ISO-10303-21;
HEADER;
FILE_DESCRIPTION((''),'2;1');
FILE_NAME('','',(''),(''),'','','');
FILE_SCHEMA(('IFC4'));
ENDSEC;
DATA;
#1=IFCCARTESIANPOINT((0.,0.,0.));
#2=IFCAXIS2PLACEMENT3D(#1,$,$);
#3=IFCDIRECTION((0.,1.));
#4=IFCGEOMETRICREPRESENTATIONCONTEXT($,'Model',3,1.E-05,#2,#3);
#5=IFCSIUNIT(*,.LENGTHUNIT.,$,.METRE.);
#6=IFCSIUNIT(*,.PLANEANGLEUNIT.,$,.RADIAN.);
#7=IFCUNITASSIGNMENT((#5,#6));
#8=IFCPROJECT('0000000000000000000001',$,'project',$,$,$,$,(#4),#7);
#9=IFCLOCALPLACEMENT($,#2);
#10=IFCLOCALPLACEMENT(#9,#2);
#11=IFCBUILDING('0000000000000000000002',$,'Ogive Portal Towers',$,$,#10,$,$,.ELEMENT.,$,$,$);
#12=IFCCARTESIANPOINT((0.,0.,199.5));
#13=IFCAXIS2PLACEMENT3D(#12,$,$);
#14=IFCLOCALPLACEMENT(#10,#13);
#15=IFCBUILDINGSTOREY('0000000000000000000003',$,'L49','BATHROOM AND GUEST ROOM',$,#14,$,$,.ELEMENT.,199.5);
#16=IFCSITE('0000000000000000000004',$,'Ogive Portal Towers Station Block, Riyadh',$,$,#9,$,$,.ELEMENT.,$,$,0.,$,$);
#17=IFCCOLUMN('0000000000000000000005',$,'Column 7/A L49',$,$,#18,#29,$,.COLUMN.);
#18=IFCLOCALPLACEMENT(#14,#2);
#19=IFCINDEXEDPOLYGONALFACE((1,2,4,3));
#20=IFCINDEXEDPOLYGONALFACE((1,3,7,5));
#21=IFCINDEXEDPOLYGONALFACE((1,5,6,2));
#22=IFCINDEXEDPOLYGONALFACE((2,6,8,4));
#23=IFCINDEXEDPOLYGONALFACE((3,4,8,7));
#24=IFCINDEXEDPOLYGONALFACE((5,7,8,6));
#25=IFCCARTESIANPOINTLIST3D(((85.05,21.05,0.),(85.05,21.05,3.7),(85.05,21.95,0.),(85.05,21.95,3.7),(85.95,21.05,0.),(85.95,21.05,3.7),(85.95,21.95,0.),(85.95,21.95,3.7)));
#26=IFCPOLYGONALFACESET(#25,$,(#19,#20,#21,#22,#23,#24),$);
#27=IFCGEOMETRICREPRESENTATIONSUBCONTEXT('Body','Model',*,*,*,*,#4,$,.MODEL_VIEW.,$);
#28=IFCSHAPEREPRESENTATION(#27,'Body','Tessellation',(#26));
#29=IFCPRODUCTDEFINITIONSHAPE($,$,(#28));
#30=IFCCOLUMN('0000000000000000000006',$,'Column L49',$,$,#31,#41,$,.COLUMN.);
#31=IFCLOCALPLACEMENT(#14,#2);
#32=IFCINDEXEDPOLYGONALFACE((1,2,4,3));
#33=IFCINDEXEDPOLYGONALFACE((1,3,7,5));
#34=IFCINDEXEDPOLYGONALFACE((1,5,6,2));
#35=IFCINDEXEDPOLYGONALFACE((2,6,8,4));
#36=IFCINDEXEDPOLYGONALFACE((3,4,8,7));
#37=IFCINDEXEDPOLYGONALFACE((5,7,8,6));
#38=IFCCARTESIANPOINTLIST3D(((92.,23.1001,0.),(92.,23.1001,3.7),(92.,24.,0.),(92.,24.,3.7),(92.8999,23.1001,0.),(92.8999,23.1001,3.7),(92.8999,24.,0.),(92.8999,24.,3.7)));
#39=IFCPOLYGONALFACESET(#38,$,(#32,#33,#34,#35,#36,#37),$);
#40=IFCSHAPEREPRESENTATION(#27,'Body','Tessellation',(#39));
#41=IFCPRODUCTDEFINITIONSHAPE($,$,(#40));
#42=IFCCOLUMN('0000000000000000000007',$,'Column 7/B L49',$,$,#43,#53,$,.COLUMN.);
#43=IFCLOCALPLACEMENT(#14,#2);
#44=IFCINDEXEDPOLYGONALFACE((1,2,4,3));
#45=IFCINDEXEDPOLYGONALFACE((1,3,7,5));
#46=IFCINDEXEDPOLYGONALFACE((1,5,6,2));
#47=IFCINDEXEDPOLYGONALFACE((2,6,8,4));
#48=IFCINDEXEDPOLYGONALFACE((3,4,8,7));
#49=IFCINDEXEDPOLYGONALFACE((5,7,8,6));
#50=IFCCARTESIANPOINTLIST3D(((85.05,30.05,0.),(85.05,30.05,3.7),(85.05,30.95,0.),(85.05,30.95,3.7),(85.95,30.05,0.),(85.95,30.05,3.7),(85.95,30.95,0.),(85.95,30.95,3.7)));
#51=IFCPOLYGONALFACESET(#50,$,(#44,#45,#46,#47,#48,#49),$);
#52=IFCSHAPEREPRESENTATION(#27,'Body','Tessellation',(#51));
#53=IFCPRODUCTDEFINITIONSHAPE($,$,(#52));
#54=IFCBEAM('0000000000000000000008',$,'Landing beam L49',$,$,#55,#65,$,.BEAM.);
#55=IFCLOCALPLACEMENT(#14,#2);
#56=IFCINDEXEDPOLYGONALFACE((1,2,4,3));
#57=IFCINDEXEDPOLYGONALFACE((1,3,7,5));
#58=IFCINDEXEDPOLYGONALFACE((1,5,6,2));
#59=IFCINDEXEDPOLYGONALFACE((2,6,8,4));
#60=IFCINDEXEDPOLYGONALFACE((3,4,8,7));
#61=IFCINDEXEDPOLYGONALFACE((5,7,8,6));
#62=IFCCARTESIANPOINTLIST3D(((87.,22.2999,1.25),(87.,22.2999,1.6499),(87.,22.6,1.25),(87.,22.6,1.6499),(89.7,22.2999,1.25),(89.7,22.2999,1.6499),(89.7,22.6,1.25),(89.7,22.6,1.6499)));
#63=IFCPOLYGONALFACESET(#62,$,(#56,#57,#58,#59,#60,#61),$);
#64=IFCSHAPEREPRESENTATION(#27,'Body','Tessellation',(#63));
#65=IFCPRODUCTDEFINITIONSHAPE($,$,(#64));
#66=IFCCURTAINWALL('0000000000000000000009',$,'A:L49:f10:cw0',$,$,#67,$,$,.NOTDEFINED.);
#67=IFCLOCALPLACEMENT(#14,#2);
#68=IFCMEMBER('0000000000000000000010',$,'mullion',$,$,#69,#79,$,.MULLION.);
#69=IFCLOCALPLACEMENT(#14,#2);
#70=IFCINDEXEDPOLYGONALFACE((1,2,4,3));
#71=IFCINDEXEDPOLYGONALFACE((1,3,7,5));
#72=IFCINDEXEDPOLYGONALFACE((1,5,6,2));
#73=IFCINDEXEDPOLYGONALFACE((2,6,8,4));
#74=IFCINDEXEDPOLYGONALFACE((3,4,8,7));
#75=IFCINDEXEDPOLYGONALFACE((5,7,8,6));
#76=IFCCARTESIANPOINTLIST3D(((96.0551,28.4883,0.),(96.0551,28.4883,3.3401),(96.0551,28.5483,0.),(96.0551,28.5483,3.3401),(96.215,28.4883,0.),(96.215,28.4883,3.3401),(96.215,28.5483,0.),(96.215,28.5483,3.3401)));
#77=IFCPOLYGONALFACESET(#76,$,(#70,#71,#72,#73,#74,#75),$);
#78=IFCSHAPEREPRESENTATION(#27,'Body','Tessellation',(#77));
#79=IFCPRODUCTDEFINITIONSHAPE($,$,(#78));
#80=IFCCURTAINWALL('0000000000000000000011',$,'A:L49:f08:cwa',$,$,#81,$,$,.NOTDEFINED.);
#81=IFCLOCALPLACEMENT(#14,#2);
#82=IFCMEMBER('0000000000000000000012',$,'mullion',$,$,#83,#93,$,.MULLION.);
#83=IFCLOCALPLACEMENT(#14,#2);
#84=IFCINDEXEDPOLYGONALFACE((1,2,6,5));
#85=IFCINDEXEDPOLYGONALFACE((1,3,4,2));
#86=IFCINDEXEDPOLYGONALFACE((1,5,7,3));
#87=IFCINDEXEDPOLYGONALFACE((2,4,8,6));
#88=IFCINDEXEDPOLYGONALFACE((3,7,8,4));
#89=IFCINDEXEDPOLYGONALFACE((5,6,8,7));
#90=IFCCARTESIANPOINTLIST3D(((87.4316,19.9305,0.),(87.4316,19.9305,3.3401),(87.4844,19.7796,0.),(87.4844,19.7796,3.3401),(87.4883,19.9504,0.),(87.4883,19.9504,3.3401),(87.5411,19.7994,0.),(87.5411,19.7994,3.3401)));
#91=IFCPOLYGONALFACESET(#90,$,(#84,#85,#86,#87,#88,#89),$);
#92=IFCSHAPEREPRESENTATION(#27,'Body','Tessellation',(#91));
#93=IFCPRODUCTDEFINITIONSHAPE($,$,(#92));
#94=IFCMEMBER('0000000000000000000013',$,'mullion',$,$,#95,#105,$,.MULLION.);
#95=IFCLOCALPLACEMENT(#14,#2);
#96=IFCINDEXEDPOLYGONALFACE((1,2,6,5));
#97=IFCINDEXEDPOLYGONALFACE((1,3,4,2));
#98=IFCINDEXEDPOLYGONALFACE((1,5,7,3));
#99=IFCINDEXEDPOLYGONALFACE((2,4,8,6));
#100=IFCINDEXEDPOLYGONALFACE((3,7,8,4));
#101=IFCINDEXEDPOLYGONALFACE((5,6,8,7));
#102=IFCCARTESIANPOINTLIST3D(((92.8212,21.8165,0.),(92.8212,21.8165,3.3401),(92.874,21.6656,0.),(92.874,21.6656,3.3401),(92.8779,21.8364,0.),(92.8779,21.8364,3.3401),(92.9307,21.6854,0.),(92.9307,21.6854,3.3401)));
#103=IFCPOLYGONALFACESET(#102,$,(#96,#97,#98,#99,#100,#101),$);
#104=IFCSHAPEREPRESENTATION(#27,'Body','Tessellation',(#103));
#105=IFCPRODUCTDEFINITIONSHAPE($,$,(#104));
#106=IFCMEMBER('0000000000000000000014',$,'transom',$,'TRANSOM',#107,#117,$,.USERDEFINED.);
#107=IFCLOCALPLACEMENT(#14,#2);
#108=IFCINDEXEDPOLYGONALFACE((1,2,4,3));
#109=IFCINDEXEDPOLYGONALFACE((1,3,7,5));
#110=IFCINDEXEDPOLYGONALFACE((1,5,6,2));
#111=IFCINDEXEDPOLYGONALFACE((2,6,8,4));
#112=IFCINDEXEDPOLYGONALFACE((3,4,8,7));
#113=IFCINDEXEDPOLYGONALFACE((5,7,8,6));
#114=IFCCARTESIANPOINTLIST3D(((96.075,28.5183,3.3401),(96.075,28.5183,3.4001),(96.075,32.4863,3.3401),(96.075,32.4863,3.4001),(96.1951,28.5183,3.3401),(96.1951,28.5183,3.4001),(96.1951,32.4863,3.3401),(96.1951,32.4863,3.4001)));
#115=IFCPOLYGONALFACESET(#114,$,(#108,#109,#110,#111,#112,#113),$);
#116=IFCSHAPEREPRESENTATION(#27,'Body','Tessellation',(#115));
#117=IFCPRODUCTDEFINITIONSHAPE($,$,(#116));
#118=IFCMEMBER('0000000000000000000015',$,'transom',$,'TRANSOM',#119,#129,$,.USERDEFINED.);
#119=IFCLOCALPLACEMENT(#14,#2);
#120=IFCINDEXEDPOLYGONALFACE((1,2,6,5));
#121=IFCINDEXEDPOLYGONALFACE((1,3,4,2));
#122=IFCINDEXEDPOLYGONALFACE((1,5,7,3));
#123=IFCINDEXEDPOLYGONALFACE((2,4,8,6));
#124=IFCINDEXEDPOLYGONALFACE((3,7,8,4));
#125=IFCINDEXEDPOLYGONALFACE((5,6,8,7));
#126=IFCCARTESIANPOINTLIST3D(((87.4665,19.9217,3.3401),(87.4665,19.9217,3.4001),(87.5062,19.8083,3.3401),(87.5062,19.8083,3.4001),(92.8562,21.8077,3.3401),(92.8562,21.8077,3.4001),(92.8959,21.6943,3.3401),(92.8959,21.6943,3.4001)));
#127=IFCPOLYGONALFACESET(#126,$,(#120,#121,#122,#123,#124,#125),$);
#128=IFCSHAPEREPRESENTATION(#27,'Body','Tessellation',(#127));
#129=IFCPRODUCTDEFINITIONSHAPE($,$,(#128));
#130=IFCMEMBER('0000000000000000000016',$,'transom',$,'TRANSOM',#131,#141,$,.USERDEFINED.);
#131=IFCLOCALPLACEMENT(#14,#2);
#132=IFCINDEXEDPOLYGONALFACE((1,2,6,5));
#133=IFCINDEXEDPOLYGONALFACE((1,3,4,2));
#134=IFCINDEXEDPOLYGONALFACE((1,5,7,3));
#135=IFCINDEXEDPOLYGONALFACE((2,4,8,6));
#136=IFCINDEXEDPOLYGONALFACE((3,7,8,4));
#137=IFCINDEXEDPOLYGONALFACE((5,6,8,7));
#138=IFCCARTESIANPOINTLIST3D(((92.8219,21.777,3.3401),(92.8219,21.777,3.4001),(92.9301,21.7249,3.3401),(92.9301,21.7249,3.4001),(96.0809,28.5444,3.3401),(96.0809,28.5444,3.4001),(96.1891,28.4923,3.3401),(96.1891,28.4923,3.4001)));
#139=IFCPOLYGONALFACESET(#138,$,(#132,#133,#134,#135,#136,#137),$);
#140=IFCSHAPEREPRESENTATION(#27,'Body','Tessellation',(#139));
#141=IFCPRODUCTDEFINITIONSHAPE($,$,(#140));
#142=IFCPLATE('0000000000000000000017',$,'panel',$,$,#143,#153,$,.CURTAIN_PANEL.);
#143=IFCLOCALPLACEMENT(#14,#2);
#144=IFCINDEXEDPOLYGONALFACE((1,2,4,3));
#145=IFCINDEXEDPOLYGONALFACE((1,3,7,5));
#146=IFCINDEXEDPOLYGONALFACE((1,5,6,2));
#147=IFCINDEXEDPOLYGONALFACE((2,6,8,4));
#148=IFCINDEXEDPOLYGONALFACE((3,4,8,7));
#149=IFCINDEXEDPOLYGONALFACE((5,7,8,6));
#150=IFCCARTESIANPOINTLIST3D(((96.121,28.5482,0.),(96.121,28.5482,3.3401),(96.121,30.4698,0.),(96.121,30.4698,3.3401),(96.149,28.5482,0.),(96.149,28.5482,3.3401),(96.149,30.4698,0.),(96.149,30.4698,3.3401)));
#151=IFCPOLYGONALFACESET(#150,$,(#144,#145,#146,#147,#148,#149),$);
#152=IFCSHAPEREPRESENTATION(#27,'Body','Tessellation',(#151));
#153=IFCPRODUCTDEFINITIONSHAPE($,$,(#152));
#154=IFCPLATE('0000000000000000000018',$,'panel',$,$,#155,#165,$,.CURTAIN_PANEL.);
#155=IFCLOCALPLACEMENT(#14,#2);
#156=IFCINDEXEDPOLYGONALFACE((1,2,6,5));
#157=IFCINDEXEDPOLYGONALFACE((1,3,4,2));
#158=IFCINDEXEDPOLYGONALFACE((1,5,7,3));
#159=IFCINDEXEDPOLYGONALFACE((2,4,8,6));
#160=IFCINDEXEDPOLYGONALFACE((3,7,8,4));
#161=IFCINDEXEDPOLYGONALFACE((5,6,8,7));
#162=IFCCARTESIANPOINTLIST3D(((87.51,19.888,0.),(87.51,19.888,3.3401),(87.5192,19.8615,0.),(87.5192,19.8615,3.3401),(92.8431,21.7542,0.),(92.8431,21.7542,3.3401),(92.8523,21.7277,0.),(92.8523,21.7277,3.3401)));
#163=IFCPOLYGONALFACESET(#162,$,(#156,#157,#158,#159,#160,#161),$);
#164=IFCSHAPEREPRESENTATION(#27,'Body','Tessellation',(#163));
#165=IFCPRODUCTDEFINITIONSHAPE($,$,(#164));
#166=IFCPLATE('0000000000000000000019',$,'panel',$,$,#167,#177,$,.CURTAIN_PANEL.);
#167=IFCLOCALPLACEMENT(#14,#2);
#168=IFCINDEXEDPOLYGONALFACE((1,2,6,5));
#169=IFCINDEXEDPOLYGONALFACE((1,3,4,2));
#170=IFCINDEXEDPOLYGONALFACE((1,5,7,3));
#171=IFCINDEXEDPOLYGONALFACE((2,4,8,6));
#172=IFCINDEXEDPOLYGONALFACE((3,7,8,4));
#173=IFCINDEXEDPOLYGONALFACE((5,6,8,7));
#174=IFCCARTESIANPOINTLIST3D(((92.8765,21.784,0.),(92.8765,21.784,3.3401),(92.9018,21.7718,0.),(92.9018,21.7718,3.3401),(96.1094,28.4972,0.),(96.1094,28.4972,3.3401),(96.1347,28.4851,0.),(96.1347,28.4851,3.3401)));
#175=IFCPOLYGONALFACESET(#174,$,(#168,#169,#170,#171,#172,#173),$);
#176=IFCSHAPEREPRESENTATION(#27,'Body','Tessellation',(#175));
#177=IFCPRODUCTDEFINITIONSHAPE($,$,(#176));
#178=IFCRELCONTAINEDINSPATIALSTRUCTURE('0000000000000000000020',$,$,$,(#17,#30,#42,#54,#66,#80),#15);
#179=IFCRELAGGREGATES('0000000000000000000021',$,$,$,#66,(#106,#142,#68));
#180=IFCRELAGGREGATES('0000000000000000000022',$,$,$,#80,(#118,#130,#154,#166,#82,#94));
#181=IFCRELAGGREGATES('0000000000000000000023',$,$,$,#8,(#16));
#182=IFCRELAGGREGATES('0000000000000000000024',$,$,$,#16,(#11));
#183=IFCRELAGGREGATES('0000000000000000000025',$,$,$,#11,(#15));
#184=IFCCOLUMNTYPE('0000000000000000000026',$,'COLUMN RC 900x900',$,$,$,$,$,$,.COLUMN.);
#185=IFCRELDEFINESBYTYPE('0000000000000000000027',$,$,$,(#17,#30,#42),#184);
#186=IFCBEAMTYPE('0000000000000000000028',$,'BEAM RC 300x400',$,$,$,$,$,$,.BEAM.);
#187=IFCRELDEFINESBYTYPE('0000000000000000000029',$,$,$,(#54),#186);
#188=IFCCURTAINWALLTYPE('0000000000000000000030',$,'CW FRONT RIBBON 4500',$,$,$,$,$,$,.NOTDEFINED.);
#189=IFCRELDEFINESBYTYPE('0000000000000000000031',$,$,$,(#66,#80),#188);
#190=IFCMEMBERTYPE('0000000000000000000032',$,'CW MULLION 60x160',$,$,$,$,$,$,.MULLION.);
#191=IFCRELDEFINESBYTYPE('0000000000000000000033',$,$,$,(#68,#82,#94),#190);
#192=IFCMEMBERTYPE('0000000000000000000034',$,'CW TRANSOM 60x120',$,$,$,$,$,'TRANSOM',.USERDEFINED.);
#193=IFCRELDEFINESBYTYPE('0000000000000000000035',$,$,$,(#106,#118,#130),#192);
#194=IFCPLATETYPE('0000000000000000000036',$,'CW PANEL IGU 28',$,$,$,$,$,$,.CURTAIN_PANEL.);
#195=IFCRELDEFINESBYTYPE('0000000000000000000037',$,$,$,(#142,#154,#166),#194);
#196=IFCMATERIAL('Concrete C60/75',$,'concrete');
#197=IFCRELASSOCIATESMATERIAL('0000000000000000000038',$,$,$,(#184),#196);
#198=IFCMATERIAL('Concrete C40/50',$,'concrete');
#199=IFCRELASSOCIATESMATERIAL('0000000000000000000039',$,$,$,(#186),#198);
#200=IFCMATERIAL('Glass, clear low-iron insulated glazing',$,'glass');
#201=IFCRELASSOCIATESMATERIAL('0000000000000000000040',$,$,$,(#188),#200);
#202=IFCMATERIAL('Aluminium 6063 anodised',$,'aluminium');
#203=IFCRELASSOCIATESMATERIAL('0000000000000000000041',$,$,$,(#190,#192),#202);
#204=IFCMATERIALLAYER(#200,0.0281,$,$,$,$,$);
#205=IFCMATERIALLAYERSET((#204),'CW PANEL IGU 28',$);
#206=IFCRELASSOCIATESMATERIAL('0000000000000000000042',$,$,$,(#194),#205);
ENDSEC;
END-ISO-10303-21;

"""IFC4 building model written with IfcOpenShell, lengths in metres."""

from ifc_helpers import new_model, si_unit, direction, frame, origin, origin_2d, place, context, subcontext, project, spatial, rectangle, extrude, material, layer, layer_set, material_profile, profile_set, type_object, element, aggregate, save


model = new_model("IFC4")

# Units and contexts
model_context = context("Model", 3, precision=1e-05, world=origin(), true_north=direction((0.0, 1.0)))
body_context = subcontext(model_context, "Body", "Model", "MODEL_VIEW")
ifc_project = project(units=[si_unit("LENGTHUNIT", "METRE"), si_unit("PLANEANGLEUNIT", "RADIAN")], contexts=[model_context])

# Site, building, storey
site_placement = place(None, origin())
site = spatial("IfcSite", under=ifc_project, at=site_placement, Name="Ogive Portal Towers Station Block, Riyadh", CompositionType="ELEMENT", RefElevation=0.0)
building_placement = place(site_placement, origin())
building = spatial("IfcBuilding", under=site, at=building_placement, Name="Ogive Portal Towers", CompositionType="ELEMENT")
storey_placement = place(building_placement, frame((0.0, 0.0, 199.5)))
storey = spatial("IfcBuildingStorey", under=building, at=storey_placement, Name="L49", Description="BATHROOM AND GUEST ROOM", CompositionType="ELEMENT", Elevation=199.5)

# Columns
ifc_material_1 = material(Name="Concrete C60/75", Category="concrete")
ifc_material_profile_1 = material_profile(ifc_material_1, rectangle(XDim=0.8999, YDim=0.8999, at=origin_2d()), Name="RC 900x900")
ifc_profile_set_1 = profile_set([ifc_material_profile_1], Name="Concrete C60/75")
column_type = type_object("IfcColumnType", Name="COLUMN RC 900x900", PredefinedType="COLUMN", material=ifc_profile_set_1)
for number, where, z_axis, x_axis, name in (
    (1, (85.5, 21.5, 0.0), (0.0, 0.0, 1.0), (1.0, 0.0, 0.0), "Column 7/A L49"),
    (2, (92.45, 23.55, 0.0), (0.0, 0.0, 1.0), (1.0, 0.0, 0.0), "Column L49"),
    (3, (85.5, 30.5, 0.0), (0.0, 0.0, 1.0), (1.0, 0.0, 0.0), "Column 7/B L49"),
):
    element("IfcColumn", number, at=place(storey_placement, frame(where, z_axis=z_axis, x_axis=x_axis)), inside=storey, type_object=column_type, Name=name, PredefinedType="COLUMN", context=body_context, shape_type="SweptSolid", body=[
        extrude(rectangle(XDim=0.8999, YDim=0.8999, at=origin_2d()), origin(), (0.0, 0.0, 1.0), 3.7),
    ])

# Beam
ifc_material_2 = material(Name="Concrete C40/50", Category="concrete")
ifc_material_profile_2 = material_profile(ifc_material_2, rectangle(XDim=0.3, YDim=0.3999, at=origin_2d()), Name="RC 300x400")
ifc_profile_set_2 = profile_set([ifc_material_profile_2], Name="Concrete C40/50")
beam_type = type_object("IfcBeamType", Name="BEAM RC 300x400", PredefinedType="BEAM", material=ifc_profile_set_2)
beam_placement = place(storey_placement, frame((87.0, 22.45, 1.45), z_axis=(1.0, 0.0, 0.0), x_axis=(0.0, 1.0, 0.0)))
element("IfcBeam", 4, at=beam_placement, inside=storey, type_object=beam_type, Name="Landing beam L49", PredefinedType="BEAM", context=body_context, shape_type="SweptSolid", body=[
    extrude(rectangle(XDim=0.3, YDim=0.3999, at=origin_2d()), origin(), (0.0, 0.0, 1.0), 2.7),
])

# Curtain wall, member
ifc_material_3 = material(Name="Glass, clear low-iron insulated glazing", Category="glass")
curtain_wall_type = type_object("IfcCurtainWallType", Name="CW FRONT RIBBON 4500", PredefinedType="NOTDEFINED", material=ifc_material_3)
curtain_wall_1_placement = place(storey_placement, origin())
curtain_wall_1 = element("IfcCurtainWall", 5, at=curtain_wall_1_placement, inside=storey, type_object=curtain_wall_type, Name="A:L49:f10:cw0", PredefinedType="NOTDEFINED")
ifc_material_4 = material(Name="Aluminium 6063 anodised", Category="aluminium")
ifc_material_profile_3 = material_profile(ifc_material_4, rectangle(XDim=0.1599, YDim=0.0601, at=origin_2d()), Name="AL 60x160")
ifc_profile_set_3 = profile_set([ifc_material_profile_3], Name="Aluminium 6063 anodised")
member_type_1 = type_object("IfcMemberType", Name="CW MULLION 60x160", PredefinedType="MULLION", material=ifc_profile_set_3)
member_1_placement = place(storey_placement, frame((96.135, 28.5183, 0.0), z_axis=(0.0, 0.0, 1.0), x_axis=(-1.0, 0.0, 0.0)))
member_1 = element("IfcMember", 6, at=member_1_placement, type_object=member_type_1, Name="mullion", PredefinedType="MULLION", context=body_context, shape_type="SweptSolid", body=[
    extrude(rectangle(XDim=0.1599, YDim=0.0601, at=origin_2d()), origin(), (0.0, 0.0, 1.0), 3.3401),
])

# Curtain wall, members
curtain_wall_2_placement = place(storey_placement, origin())
curtain_wall_2 = element("IfcCurtainWall", 7, at=curtain_wall_2_placement, inside=storey, type_object=curtain_wall_type, Name="A:L49:f08:cwa", PredefinedType="NOTDEFINED")
member_2_placement = place(storey_placement, frame((87.4863, 19.865, 0.0), z_axis=(0.0, 0.0, 1.0), x_axis=(-0.330279, 0.943883, 0.0)))
member_2 = element("IfcMember", 8, at=member_2_placement, type_object=member_type_1, Name="mullion", PredefinedType="MULLION", context=body_context, shape_type="SweptSolid", body=[
    extrude(rectangle(XDim=0.1599, YDim=0.0601, at=origin_2d()), origin(), (0.0, 0.0, 1.0), 3.3401),
])
member_3_placement = place(storey_placement, frame((92.876, 21.751, 0.0), z_axis=(0.0, 0.0, 1.0), x_axis=(-0.330279, 0.943883, 0.0)))
member_3 = element("IfcMember", 9, at=member_3_placement, type_object=member_type_1, Name="mullion", PredefinedType="MULLION", context=body_context, shape_type="SweptSolid", body=[
    extrude(rectangle(XDim=0.1599, YDim=0.0601, at=origin_2d()), origin(), (0.0, 0.0, 1.0), 3.3401),
])

# Members
ifc_material_profile_4 = material_profile(ifc_material_4, rectangle(XDim=0.1201, YDim=0.0601, at=origin_2d()), Name="AL 120x60")
ifc_profile_set_4 = profile_set([ifc_material_profile_4], Name="Aluminium 6063 anodised")
member_type_2 = type_object("IfcMemberType", Name="CW TRANSOM 60x120", ElementType="TRANSOM", PredefinedType="USERDEFINED", material=ifc_profile_set_4)
member_4_placement = place(storey_placement, frame((96.135, 28.5183, 3.3701), z_axis=(0.0, 1.0, 0.0), x_axis=(-1.0, 0.0, 0.0)))
member_4 = element("IfcMember", 10, at=member_4_placement, type_object=member_type_2, Name="transom", ObjectType="TRANSOM", PredefinedType="USERDEFINED", context=body_context, shape_type="SweptSolid", body=[
    extrude(rectangle(XDim=0.1201, YDim=0.0601, at=origin_2d()), origin(), (0.0, 0.0, 1.0), 3.968),
])
member_5_placement = place(storey_placement, frame((87.4863, 19.865, 3.3701), z_axis=(0.94388, 0.330289, 0.0), x_axis=(-0.330289, 0.94388, 0.0)))
member_5 = element("IfcMember", 11, at=member_5_placement, type_object=member_type_2, Name="transom", ObjectType="TRANSOM", PredefinedType="USERDEFINED", context=body_context, shape_type="SweptSolid", body=[
    extrude(rectangle(XDim=0.1201, YDim=0.0601, at=origin_2d()), origin(), (0.0, 0.0, 1.0), 5.7102),
])
member_6_placement = place(storey_placement, frame((92.876, 21.751, 3.3701), z_axis=(0.43389, 0.900966, 0.0), x_axis=(-0.900966, 0.43389, 0.0)))
member_6 = element("IfcMember", 12, at=member_6_placement, type_object=member_type_2, Name="transom", ObjectType="TRANSOM", PredefinedType="USERDEFINED", context=body_context, shape_type="SweptSolid", body=[
    extrude(rectangle(XDim=0.1201, YDim=0.0601, at=origin_2d()), origin(), (0.0, 0.0, 1.0), 7.5112),
])

# Plates
ifc_layer_1 = layer(ifc_material_3, 0.0281)
ifc_layer_set_1 = layer_set([ifc_layer_1], Name="CW PANEL IGU 28")
plate_type = type_object("IfcPlateType", Name="CW PANEL IGU 28", PredefinedType="CURTAIN_PANEL", material=ifc_layer_set_1)
plate_1_placement = place(storey_placement, frame((96.135, 29.509, 0.0), z_axis=(0.0, 0.0, 1.0), x_axis=(0.0, 1.0, 0.0)))
plate_1 = element("IfcPlate", 13, at=plate_1_placement, type_object=plate_type, Name="panel", PredefinedType="CURTAIN_PANEL", context=body_context, shape_type="SweptSolid", body=[
    extrude(rectangle(XDim=1.9216, YDim=0.0281, at=origin_2d()), origin(), (0.0, 0.0, 1.0), 3.3401),
])
aggregate(curtain_wall_1, [member_4, plate_1, member_1])
plate_2_placement = place(storey_placement, frame((90.1812, 20.8079, 0.0), z_axis=(0.0, 0.0, 1.0), x_axis=(0.943883, 0.330279, 0.0)))
plate_2 = element("IfcPlate", 14, at=plate_2_placement, type_object=plate_type, Name="panel", PredefinedType="CURTAIN_PANEL", context=body_context, shape_type="SweptSolid", body=[
    extrude(rectangle(XDim=5.6501, YDim=0.0281, at=origin_2d()), origin(), (0.0, 0.0, 1.0), 3.3401),
])
plate_3_placement = place(storey_placement, frame((94.5056, 25.1345, 0.0), z_axis=(0.0, 0.0, 1.0), x_axis=(0.433884, 0.900969, 0.0)))
plate_3 = element("IfcPlate", 15, at=plate_3_placement, type_object=plate_type, Name="panel", PredefinedType="CURTAIN_PANEL", context=body_context, shape_type="SweptSolid", body=[
    extrude(rectangle(XDim=7.4512, YDim=0.0281, at=origin_2d()), origin(), (0.0, 0.0, 1.0), 3.3401),
])
aggregate(curtain_wall_2, [member_5, member_6, plate_2, plate_3, member_2, member_3])

save(model, "model.ifc")
